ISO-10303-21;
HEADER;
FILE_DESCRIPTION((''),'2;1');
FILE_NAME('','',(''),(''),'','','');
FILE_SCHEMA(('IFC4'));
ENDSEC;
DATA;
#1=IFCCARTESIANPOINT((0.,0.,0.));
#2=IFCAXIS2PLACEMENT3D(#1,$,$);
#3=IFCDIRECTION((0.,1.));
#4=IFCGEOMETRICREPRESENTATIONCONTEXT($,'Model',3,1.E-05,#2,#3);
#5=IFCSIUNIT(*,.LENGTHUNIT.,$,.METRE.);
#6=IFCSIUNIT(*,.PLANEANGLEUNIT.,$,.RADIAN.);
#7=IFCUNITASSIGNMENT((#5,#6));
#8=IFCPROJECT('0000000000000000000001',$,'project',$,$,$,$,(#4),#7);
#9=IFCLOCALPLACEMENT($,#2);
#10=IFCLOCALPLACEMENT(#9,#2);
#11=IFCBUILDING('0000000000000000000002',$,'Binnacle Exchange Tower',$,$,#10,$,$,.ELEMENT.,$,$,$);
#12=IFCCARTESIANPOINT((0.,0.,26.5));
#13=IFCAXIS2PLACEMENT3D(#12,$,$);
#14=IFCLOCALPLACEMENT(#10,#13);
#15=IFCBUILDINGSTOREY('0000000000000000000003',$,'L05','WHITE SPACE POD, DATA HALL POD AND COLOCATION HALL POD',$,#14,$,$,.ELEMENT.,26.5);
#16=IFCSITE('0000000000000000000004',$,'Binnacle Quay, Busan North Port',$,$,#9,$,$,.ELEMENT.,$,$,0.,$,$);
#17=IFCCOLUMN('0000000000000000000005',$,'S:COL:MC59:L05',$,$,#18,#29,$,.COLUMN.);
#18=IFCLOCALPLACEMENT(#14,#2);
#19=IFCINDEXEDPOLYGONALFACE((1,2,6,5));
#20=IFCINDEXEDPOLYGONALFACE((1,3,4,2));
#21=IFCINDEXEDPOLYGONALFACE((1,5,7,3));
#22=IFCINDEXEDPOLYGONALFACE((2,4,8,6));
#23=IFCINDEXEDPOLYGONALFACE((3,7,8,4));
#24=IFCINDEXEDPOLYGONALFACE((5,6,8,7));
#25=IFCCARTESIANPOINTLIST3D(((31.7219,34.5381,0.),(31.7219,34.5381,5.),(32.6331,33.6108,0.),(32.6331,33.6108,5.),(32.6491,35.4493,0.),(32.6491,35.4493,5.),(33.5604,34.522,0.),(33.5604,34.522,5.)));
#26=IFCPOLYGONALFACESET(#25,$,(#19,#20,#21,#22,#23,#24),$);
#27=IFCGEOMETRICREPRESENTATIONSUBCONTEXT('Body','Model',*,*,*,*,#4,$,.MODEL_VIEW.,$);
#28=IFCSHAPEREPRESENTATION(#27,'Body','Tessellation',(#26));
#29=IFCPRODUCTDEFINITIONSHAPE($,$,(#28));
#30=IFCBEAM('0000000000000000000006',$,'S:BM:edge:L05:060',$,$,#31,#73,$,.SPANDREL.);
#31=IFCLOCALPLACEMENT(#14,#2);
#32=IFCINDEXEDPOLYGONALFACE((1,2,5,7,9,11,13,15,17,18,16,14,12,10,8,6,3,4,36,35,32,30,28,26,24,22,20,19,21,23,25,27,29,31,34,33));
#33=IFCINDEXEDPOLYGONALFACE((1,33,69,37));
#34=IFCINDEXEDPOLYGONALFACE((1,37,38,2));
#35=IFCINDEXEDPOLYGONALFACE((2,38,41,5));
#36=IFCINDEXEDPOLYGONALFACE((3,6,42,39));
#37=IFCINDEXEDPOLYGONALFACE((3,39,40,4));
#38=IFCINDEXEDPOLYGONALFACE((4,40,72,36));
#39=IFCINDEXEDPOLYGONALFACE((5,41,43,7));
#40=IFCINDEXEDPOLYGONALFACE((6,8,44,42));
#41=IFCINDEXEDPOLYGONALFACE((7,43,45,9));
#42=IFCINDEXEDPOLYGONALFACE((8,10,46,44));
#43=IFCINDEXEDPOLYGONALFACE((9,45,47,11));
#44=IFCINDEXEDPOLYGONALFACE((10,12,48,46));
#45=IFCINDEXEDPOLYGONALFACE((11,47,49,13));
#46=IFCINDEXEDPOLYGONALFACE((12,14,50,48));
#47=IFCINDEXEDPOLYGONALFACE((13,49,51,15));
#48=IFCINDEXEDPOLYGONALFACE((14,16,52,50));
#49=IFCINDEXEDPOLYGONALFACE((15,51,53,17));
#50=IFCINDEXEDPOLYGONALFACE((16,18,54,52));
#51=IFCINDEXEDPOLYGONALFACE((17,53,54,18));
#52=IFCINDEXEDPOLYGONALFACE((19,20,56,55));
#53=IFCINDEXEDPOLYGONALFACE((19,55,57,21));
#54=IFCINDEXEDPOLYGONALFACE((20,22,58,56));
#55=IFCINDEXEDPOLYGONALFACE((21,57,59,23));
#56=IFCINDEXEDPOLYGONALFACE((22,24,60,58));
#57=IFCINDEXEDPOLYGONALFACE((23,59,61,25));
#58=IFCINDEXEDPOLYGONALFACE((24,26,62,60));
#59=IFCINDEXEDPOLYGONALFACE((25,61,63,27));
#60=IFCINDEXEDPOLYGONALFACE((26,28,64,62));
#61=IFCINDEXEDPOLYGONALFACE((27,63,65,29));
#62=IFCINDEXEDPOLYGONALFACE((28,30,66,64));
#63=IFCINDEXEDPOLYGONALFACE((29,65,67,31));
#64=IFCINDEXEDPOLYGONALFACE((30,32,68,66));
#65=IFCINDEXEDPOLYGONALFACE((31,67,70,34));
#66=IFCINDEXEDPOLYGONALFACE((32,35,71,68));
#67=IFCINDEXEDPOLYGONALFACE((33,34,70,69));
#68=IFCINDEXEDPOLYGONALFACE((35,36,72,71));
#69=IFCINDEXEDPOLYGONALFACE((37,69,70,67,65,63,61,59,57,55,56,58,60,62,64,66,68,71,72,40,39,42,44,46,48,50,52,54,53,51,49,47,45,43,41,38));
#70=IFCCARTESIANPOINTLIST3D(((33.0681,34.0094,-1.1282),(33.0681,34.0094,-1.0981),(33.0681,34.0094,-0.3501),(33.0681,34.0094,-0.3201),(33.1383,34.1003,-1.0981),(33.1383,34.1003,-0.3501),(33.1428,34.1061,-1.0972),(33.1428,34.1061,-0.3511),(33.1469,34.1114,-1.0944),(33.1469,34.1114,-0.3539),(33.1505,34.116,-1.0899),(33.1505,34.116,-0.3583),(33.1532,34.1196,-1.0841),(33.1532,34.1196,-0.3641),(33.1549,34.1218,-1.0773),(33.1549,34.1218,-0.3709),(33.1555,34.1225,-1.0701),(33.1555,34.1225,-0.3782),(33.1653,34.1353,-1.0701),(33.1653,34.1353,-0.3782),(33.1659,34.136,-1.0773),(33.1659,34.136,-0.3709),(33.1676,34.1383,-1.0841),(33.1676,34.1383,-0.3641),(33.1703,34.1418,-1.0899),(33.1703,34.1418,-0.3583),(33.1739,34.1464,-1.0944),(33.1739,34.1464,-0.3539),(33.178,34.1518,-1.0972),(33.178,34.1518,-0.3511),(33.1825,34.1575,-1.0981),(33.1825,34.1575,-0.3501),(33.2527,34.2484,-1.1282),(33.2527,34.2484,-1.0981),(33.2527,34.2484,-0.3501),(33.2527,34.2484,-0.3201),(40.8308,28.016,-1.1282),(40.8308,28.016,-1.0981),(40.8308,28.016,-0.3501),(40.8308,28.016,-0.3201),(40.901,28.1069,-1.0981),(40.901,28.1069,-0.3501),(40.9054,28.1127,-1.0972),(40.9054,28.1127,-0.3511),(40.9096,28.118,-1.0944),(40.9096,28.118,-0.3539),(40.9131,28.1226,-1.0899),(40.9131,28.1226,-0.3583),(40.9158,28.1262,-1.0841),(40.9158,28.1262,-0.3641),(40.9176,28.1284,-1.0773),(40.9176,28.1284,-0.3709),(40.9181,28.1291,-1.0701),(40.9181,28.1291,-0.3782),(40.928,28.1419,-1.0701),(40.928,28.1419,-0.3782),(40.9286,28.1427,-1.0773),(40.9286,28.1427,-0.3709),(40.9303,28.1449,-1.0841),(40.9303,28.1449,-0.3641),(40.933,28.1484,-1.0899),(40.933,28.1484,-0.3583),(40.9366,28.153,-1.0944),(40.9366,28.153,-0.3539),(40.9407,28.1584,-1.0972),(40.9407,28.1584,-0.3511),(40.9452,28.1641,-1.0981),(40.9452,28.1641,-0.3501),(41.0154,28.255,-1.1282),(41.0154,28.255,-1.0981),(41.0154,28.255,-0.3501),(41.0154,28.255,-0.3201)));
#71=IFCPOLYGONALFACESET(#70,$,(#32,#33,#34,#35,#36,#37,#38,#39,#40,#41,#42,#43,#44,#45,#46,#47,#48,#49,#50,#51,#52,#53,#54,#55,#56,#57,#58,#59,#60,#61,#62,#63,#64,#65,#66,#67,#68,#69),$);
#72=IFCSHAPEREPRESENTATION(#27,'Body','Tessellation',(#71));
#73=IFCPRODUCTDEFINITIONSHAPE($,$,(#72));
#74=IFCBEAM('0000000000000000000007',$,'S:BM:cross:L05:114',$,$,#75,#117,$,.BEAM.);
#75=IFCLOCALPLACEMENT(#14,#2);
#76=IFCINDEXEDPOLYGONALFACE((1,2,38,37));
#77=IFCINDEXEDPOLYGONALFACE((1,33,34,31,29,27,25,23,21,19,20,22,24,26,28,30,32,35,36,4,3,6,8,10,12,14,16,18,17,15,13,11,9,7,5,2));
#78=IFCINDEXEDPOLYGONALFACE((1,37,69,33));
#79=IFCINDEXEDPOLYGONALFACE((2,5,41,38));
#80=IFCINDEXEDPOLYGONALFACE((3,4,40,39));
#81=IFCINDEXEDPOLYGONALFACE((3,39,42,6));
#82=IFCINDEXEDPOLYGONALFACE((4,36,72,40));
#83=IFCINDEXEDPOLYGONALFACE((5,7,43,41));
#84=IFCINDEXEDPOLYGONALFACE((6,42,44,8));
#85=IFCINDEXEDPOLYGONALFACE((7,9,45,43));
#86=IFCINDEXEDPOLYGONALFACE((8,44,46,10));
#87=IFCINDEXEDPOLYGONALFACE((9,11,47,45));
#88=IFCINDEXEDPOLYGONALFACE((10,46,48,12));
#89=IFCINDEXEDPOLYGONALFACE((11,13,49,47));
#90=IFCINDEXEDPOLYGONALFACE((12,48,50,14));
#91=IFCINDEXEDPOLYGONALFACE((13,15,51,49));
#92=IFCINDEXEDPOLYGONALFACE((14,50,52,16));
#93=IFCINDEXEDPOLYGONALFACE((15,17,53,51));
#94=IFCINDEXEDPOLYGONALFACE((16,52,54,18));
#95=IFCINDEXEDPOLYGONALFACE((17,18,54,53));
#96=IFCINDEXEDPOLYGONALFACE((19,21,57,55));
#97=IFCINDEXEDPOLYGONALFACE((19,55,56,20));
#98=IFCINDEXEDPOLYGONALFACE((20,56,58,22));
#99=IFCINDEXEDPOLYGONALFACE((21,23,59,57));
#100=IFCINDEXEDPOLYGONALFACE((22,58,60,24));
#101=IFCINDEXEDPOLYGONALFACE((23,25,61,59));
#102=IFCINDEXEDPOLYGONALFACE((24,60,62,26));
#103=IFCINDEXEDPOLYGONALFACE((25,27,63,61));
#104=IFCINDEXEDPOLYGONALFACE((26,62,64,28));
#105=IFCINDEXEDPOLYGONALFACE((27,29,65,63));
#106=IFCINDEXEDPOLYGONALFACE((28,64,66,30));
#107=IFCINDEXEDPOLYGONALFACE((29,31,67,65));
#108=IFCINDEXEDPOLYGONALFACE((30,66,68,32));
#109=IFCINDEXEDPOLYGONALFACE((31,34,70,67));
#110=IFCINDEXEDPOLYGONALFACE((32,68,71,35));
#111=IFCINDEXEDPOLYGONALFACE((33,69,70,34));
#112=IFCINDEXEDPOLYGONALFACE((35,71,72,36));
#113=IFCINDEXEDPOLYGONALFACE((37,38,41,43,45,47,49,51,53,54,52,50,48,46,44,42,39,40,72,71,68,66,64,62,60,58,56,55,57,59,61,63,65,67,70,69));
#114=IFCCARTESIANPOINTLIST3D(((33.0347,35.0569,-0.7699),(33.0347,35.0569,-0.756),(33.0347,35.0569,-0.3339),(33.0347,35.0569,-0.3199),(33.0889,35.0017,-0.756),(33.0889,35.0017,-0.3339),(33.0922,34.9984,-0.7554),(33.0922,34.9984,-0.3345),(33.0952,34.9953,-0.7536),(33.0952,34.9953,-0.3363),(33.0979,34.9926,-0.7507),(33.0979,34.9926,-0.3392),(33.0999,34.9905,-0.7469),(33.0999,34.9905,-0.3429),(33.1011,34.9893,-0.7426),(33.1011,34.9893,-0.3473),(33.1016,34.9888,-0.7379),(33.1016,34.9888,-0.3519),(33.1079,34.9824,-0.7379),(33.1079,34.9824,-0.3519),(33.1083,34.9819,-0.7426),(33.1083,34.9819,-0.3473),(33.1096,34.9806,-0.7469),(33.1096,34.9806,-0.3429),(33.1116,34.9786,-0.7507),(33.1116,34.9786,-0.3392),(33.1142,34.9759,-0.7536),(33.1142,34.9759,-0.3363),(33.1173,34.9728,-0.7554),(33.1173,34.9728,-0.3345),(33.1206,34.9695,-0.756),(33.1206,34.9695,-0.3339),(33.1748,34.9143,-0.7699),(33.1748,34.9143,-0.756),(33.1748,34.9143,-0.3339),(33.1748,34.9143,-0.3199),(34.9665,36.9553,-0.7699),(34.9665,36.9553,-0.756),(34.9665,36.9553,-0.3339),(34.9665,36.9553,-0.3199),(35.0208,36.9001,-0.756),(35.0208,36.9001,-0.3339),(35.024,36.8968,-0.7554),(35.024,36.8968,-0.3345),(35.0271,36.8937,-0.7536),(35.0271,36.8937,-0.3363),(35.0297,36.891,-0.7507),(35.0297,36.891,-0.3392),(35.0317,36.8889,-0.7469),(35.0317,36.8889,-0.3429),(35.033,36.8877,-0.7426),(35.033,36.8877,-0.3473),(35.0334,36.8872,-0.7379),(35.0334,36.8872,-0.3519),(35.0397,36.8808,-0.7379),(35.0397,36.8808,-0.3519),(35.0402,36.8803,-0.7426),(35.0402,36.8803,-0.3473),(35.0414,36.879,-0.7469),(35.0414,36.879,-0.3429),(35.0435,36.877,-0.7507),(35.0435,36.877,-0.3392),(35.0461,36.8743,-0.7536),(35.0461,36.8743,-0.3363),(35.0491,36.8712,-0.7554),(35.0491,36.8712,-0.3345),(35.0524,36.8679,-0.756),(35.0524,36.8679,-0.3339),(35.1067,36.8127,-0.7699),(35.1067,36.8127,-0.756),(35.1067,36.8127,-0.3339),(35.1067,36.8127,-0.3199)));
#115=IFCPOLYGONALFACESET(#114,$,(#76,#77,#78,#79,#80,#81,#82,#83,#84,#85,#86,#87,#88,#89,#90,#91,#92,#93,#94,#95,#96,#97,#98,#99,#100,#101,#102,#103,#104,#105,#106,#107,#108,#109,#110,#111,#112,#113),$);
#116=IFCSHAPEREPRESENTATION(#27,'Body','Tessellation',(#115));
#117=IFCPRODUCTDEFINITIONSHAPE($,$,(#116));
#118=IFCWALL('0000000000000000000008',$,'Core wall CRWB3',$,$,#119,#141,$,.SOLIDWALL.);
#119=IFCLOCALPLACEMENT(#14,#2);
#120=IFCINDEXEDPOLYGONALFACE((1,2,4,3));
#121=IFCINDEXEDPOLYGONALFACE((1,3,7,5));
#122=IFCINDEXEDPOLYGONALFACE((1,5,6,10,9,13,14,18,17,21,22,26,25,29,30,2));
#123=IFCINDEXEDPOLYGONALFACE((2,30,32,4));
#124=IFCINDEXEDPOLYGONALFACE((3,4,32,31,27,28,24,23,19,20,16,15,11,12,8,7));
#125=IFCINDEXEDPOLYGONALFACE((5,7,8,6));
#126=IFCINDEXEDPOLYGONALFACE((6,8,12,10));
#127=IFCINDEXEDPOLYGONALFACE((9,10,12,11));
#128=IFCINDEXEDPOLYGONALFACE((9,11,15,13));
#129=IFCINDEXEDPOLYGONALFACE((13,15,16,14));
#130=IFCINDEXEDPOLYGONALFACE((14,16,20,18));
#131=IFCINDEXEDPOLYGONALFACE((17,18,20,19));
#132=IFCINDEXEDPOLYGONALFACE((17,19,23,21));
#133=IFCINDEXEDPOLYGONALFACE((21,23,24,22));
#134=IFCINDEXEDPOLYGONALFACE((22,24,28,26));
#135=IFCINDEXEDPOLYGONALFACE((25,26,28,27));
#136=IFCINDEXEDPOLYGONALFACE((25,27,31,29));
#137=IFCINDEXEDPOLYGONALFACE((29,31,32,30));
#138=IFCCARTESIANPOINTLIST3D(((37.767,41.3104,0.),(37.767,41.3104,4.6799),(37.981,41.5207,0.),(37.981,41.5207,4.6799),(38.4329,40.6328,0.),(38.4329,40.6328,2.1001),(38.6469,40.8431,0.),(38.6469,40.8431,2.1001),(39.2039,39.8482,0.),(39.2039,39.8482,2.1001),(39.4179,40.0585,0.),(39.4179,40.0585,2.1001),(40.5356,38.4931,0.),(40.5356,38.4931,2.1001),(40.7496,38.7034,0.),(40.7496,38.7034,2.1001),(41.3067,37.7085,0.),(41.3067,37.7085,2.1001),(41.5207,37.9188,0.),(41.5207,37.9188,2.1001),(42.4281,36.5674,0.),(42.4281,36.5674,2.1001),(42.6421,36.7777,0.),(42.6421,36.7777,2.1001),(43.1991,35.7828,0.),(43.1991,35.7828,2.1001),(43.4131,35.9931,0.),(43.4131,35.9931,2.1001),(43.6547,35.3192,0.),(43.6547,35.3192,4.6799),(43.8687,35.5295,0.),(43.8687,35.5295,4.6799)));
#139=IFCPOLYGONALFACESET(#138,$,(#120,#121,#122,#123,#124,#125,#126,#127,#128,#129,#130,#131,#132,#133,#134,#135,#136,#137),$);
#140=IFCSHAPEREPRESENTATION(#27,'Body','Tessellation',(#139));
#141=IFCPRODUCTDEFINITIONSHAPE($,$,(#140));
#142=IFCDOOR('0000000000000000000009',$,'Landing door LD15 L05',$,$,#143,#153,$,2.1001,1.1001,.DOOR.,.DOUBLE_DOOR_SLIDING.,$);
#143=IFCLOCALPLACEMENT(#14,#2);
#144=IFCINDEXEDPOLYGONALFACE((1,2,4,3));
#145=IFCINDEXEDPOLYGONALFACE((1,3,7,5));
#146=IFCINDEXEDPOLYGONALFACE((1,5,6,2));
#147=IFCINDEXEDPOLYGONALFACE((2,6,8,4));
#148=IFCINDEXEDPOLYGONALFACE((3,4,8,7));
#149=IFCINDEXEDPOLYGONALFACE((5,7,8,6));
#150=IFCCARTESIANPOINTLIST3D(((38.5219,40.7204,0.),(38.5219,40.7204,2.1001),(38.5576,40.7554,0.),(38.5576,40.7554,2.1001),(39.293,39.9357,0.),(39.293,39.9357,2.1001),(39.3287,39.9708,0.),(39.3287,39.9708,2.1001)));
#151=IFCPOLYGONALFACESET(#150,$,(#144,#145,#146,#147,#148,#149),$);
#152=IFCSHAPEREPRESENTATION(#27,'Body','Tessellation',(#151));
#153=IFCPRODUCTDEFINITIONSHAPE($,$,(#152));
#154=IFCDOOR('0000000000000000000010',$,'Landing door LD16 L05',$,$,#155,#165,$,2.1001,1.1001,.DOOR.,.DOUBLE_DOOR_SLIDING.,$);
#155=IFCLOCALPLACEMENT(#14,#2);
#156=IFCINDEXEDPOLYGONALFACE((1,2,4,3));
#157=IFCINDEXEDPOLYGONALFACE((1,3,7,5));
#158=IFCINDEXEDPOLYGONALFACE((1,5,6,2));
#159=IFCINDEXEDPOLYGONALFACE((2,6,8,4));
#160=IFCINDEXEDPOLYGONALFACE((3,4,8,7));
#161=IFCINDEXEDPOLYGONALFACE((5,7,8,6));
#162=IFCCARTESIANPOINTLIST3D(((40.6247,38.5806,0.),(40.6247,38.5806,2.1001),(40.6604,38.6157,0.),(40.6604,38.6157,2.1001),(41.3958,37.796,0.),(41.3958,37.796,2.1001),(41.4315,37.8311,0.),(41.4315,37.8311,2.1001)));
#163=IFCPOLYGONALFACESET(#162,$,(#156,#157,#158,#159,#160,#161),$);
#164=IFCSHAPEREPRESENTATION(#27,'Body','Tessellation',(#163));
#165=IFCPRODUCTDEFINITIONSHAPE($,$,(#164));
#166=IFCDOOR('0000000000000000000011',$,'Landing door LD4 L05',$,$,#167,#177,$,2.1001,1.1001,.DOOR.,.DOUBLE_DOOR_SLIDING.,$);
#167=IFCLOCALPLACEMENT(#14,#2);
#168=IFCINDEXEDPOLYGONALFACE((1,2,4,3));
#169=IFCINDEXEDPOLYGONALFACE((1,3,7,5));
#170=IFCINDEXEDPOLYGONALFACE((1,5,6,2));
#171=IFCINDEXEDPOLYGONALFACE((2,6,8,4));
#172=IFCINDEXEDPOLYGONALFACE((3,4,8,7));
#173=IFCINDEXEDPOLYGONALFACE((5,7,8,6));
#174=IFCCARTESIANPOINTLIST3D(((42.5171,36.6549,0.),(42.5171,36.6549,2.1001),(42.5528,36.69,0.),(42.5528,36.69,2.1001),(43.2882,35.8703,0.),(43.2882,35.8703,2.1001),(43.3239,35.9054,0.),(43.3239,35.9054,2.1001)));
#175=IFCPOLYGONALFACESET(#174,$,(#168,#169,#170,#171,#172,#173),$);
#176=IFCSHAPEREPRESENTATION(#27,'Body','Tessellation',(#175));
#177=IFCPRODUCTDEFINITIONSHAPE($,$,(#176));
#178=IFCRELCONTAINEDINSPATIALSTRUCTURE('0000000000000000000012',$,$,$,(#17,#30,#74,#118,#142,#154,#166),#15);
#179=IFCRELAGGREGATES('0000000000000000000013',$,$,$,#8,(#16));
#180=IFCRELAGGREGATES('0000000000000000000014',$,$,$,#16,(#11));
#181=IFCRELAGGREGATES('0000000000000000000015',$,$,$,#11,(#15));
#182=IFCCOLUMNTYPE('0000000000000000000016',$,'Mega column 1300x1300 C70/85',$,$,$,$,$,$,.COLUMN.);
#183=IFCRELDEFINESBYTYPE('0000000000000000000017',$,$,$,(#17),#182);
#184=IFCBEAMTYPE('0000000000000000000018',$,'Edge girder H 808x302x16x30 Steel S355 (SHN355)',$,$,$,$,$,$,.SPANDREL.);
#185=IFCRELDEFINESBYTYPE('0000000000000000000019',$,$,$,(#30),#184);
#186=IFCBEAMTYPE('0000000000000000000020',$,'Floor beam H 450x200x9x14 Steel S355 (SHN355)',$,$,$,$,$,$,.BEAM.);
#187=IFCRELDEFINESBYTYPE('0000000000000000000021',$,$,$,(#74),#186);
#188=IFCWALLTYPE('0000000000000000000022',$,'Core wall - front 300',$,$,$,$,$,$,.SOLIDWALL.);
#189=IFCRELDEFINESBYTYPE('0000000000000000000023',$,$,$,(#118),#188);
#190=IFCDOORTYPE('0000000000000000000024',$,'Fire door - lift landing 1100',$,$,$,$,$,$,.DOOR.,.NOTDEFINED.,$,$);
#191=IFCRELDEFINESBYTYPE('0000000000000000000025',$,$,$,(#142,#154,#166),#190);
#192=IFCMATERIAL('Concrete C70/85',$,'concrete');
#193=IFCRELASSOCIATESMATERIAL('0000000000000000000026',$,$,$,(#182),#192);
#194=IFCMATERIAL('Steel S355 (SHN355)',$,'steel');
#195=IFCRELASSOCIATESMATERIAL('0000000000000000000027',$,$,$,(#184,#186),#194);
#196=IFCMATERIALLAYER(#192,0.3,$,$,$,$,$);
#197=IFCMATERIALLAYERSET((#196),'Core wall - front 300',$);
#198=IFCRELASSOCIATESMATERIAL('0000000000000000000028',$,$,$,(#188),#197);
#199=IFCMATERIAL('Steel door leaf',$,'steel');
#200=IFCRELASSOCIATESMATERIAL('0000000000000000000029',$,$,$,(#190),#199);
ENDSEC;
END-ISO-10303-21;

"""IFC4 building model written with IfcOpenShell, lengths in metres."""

from ifc_helpers import new_model, si_unit, direction, frame, frame_2d, origin, origin_2d, place, context, subcontext, project, spatial, rectangle, i_section, extrude, material, layer, layer_set, material_profile, profile_set, type_object, element, fill, save


model = new_model("IFC4")

# Units and contexts
model_context = context("Model", 3, precision=1e-05, world=origin(), true_north=direction((0.0, 1.0)))
body_context = subcontext(model_context, "Body", "Model", "MODEL_VIEW")
ifc_project = project(units=[si_unit("LENGTHUNIT", "METRE"), si_unit("PLANEANGLEUNIT", "RADIAN")], contexts=[model_context])

# Site, building, storey
site_placement = place(None, origin())
site = spatial("IfcSite", under=ifc_project, at=site_placement, Name="Binnacle Quay, Busan North Port", CompositionType="ELEMENT", RefElevation=0.0)
building_placement = place(site_placement, origin())
building = spatial("IfcBuilding", under=site, at=building_placement, Name="Binnacle Exchange Tower", CompositionType="ELEMENT")
storey_placement = place(building_placement, frame((0.0, 0.0, 26.5)))
storey = spatial("IfcBuildingStorey", under=building, at=storey_placement, Name="L05", Description="WHITE SPACE POD, DATA HALL POD AND COLOCATION HALL POD", CompositionType="ELEMENT", Elevation=26.5)

# Column
ifc_material_1 = material(Name="Concrete C70/85", Category="concrete")
ifc_material_profile_1 = material_profile(ifc_material_1, rectangle(XDim=1.3, YDim=1.3, at=origin_2d()), Name="Mega column 1300x1300 C70/85")
ifc_profile_set_1 = profile_set([ifc_material_profile_1], Name="Concrete C70/85")
column_type = type_object("IfcColumnType", Name="Mega column 1300x1300 C70/85", PredefinedType="COLUMN", material=ifc_profile_set_1)
column_placement = place(storey_placement, frame((32.6411, 34.53, 0.0), z_axis=(0.0, 0.0, 1.0), x_axis=(0.700909, -0.71325, 0.0)))
element("IfcColumn", 1, at=column_placement, inside=storey, type_object=column_type, Name="S:COL:MC59:L05", PredefinedType="COLUMN", context=body_context, shape_type="SweptSolid", body=[
    extrude(rectangle(XDim=1.3, YDim=1.3, at=origin_2d()), origin(), (0.0, 0.0, 1.0), 5.0),
])

# Beams
ifc_material_2 = material(Name="Steel S355 (SHN355)", Category="steel")
ifc_material_profile_2 = material_profile(ifc_material_2, i_section(OverallWidth=0.302, OverallDepth=0.8081, WebThickness=0.0161, FlangeThickness=0.03, FilletRadius=0.0281, at=origin_2d()), Name="H 808x302x16x30")
ifc_profile_set_2 = profile_set([ifc_material_profile_2], Name="Steel S355 (SHN355)")
beam_type_1 = type_object("IfcBeamType", Name="Edge girder H 808x302x16x30 Steel S355 (SHN355)", PredefinedType="SPANDREL", material=ifc_profile_set_2)
beam_1_placement = place(storey_placement, frame((33.1604, 34.1289, -0.7241), z_axis=(0.791533, -0.611126, 0.0), x_axis=(0.611126, 0.791533, 0.0)))
element("IfcBeam", 2, at=beam_1_placement, inside=storey, type_object=beam_type_1, Name="S:BM:edge:L05:060", PredefinedType="SPANDREL", context=body_context, shape_type="SweptSolid", body=[
    extrude(i_section(OverallWidth=0.302, OverallDepth=0.8081, WebThickness=0.0161, FlangeThickness=0.03, FilletRadius=0.0281, at=origin_2d()), origin(), (0.0, 0.0, 1.0), 9.8071),
])
ifc_material_profile_3 = material_profile(ifc_material_2, i_section(OverallWidth=0.2, OverallDepth=0.45, WebThickness=0.009, FlangeThickness=0.0139, FilletRadius=0.0181, at=origin_2d()), Name="H 450x200x9x14")
ifc_profile_set_3 = profile_set([ifc_material_profile_3], Name="Steel S355 (SHN355)")
beam_type_2 = type_object("IfcBeamType", Name="Floor beam H 450x200x9x14 Steel S355 (SHN355)", PredefinedType="BEAM", material=ifc_profile_set_3)
beam_2_placement = place(storey_placement, frame((33.1047, 34.9856, -0.5449), z_axis=(0.713254, 0.700905, 0.0), x_axis=(-0.700905, 0.713254, 0.0)))
element("IfcBeam", 3, at=beam_2_placement, inside=storey, type_object=beam_type_2, Name="S:BM:cross:L05:114", PredefinedType="BEAM", context=body_context, shape_type="SweptSolid", body=[
    extrude(i_section(OverallWidth=0.2, OverallDepth=0.45, WebThickness=0.009, FlangeThickness=0.0139, FilletRadius=0.0181, at=origin_2d()), origin(), (0.0, 0.0, 1.0), 2.7085),
])

# Wall, openings, doors
ifc_layer_1 = layer(ifc_material_1, 0.3)
ifc_layer_set_1 = layer_set([ifc_layer_1], Name="Core wall - front 300")
wall_type_1 = type_object("IfcWallType", Name="Core wall - front 300", PredefinedType="SOLIDWALL", material=ifc_layer_set_1)
wall_1_placement = place(storey_placement, frame((37.874, 41.4155, 0.0), z_axis=(0.0, 0.0, 1.0), x_axis=(0.700918, -0.713242, 0.0)))
wall_1 = element("IfcWall", 4, at=wall_1_placement, inside=storey, type_object=wall_type_1, Name="Core wall CRWB3", PredefinedType="SOLIDWALL", context=body_context, shape_type="SweptSolid", body=[
    extrude(rectangle(XDim=8.3999, YDim=0.3, at=frame_2d((4.2, 0.0))), origin(), (0.0, 0.0, 1.0), 4.6799),
])
opening_1_placement = place(wall_1_placement, frame((0.95, 0.0, 0.0)))
opening_1 = element("IfcOpeningElement", 5, at=opening_1_placement, cuts=wall_1, PredefinedType="OPENING", context=body_context, shape_type="SweptSolid", body=[
    extrude(rectangle(XDim=1.1001, YDim=2.1001, at=frame_2d((0.55, 1.05))), frame((0.0, 0.1599, 0.0), z_axis=(0.0, -1.0, 0.0), x_axis=(1.0, 0.0, 0.0)), (0.0, 0.0, 1.0), 0.3201),
])
opening_2_placement = place(wall_1_placement, frame((3.95, 0.0, 0.0)))
opening_2 = element("IfcOpeningElement", 6, at=opening_2_placement, cuts=wall_1, PredefinedType="OPENING", context=body_context, shape_type="SweptSolid", body=[
    extrude(rectangle(XDim=1.1001, YDim=2.1001, at=frame_2d((0.55, 1.05))), frame((0.0, 0.1599, 0.0), z_axis=(0.0, -1.0, 0.0), x_axis=(1.0, 0.0, 0.0)), (0.0, 0.0, 1.0), 0.3201),
])
opening_3_placement = place(wall_1_placement, frame((6.6499, 0.0, 0.0)))
opening_3 = element("IfcOpeningElement", 7, at=opening_3_placement, cuts=wall_1, PredefinedType="OPENING", context=body_context, shape_type="SweptSolid", body=[
    extrude(rectangle(XDim=1.1001, YDim=2.1001, at=frame_2d((0.55, 1.05))), frame((0.0, 0.1599, 0.0), z_axis=(0.0, -1.0, 0.0), x_axis=(1.0, 0.0, 0.0)), (0.0, 0.0, 1.0), 0.3201),
])
ifc_material_3 = material(Name="Steel door leaf", Category="steel")
door_type_1 = type_object("IfcDoorType", Name="Fire door - lift landing 1100", OperationType="NOTDEFINED", PredefinedType="DOOR", material=ifc_material_3)
door_1_placement = place(opening_1_placement, origin())
door_1 = element("IfcDoor", 8, at=door_1_placement, inside=storey, type_object=door_type_1, Name="Landing door LD15 L05", OperationType="DOUBLE_DOOR_SLIDING", OverallHeight=2.1001, OverallWidth=1.1001, PredefinedType="DOOR", context=body_context, shape_type="SweptSolid", body=[
    extrude(rectangle(XDim=1.1001, YDim=2.1001, at=frame_2d((0.55, 1.05))), frame((0.0, 0.0249, 0.0), z_axis=(0.0, -1.0, 0.0), x_axis=(1.0, 0.0, 0.0)), (0.0, 0.0, 1.0), 0.05),
])
fill(opening_1, door_1)
door_2_placement = place(opening_2_placement, origin())
door_2 = element("IfcDoor", 9, at=door_2_placement, inside=storey, type_object=door_type_1, Name="Landing door LD16 L05", OperationType="DOUBLE_DOOR_SLIDING", OverallHeight=2.1001, OverallWidth=1.1001, PredefinedType="DOOR", context=body_context, shape_type="SweptSolid", body=[
    extrude(rectangle(XDim=1.1001, YDim=2.1001, at=frame_2d((0.55, 1.05))), frame((0.0, 0.0249, 0.0), z_axis=(0.0, -1.0, 0.0), x_axis=(1.0, 0.0, 0.0)), (0.0, 0.0, 1.0), 0.05),
])
fill(opening_2, door_2)
door_3_placement = place(opening_3_placement, origin())
door_3 = element("IfcDoor", 10, at=door_3_placement, inside=storey, type_object=door_type_1, Name="Landing door LD4 L05", OperationType="DOUBLE_DOOR_SLIDING", OverallHeight=2.1001, OverallWidth=1.1001, PredefinedType="DOOR", context=body_context, shape_type="SweptSolid", body=[
    extrude(rectangle(XDim=1.1001, YDim=2.1001, at=frame_2d((0.55, 1.05))), frame((0.0, 0.0249, 0.0), z_axis=(0.0, -1.0, 0.0), x_axis=(1.0, 0.0, 0.0)), (0.0, 0.0, 1.0), 0.05),
])
fill(opening_3, door_3)

save(model, "model.ifc")
